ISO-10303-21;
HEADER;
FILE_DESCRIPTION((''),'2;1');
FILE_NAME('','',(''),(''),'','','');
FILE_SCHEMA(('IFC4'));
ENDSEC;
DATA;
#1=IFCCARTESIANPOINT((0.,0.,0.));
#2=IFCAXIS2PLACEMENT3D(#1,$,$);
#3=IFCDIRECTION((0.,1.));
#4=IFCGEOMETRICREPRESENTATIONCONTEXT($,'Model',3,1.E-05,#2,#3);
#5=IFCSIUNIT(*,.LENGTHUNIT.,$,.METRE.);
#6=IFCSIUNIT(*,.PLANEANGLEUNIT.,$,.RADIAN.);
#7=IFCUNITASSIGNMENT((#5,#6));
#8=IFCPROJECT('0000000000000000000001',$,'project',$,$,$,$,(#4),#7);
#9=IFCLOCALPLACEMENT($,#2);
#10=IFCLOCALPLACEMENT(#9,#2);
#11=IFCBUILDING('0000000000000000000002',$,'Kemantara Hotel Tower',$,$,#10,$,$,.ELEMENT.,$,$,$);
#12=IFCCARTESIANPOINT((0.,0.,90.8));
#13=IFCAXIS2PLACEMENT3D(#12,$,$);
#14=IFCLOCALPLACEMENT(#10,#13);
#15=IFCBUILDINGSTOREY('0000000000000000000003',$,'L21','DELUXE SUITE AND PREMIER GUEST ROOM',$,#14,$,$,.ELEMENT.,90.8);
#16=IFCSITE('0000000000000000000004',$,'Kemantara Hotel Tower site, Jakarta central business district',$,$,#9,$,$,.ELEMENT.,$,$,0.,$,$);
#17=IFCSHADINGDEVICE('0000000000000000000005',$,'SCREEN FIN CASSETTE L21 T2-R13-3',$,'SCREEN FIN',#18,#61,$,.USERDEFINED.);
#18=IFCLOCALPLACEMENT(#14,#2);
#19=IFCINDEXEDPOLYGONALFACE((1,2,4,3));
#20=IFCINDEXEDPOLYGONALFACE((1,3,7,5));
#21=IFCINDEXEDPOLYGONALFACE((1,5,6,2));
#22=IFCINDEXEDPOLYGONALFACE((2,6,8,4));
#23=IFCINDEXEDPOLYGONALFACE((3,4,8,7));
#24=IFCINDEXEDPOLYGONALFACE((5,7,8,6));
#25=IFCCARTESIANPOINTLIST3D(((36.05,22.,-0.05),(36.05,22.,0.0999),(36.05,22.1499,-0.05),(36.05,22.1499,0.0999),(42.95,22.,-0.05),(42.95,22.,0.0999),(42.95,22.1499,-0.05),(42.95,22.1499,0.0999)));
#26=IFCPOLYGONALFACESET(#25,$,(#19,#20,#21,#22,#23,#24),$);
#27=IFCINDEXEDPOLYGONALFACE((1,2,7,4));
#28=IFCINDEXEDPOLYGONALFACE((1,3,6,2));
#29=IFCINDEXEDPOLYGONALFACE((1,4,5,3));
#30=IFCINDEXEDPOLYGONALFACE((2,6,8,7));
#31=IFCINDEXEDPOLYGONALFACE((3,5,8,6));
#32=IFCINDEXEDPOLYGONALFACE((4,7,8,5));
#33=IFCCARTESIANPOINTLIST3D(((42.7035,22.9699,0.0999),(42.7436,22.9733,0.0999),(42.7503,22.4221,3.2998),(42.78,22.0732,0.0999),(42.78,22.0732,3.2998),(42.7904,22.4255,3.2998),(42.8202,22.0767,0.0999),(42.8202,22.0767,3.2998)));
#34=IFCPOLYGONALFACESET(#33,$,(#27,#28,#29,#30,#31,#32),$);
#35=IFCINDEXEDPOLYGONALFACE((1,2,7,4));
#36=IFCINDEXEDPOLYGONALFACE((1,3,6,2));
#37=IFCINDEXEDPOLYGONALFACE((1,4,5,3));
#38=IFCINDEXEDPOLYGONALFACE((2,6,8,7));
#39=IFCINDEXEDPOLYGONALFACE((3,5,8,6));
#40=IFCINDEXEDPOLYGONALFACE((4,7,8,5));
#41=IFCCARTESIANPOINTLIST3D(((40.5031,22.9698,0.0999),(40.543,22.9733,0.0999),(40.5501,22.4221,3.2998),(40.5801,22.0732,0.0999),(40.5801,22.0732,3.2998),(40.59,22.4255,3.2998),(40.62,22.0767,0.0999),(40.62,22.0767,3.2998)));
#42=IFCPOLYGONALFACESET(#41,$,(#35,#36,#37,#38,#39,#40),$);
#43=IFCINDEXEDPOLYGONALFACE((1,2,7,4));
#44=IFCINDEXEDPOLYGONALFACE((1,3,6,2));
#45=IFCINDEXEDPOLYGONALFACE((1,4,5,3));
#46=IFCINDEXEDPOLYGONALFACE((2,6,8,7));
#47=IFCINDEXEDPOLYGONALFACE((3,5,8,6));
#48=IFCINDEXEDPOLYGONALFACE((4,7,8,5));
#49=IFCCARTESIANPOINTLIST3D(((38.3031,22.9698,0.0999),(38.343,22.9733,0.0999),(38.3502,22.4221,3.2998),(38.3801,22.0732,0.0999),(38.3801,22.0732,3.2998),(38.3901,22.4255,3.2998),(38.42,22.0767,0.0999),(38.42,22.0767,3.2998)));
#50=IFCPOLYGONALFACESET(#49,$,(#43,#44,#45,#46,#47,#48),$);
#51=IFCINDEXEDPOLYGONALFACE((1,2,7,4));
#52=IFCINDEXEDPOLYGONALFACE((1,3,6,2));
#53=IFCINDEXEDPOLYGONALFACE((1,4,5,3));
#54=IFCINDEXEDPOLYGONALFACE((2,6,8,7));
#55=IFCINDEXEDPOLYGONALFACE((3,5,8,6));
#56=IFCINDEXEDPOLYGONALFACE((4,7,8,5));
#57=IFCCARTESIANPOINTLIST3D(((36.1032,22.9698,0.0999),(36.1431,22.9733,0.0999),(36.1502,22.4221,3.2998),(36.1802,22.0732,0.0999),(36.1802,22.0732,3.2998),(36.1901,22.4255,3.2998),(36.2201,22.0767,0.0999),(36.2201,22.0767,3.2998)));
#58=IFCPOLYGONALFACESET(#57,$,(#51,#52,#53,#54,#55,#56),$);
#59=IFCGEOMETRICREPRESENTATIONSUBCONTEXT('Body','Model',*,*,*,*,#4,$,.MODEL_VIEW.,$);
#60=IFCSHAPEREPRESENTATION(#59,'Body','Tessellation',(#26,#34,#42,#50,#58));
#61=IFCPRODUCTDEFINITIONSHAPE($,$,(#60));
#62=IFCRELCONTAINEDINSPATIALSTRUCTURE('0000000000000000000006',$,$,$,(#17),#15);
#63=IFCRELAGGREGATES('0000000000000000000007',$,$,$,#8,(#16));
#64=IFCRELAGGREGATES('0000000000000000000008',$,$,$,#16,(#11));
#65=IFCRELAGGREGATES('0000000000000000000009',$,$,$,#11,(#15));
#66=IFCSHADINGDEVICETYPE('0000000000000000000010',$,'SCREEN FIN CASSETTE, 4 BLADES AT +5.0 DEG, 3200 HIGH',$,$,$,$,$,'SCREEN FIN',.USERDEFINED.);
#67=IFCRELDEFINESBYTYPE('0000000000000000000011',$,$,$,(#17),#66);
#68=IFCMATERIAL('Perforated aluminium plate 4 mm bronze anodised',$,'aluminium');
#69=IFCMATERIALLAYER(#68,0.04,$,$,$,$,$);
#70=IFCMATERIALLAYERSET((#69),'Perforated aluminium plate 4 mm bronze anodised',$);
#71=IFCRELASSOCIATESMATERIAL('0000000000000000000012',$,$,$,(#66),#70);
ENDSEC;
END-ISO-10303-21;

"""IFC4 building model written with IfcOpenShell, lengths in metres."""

from ifc_helpers import new_model, si_unit, direction, frame, origin, origin_2d, place, context, subcontext, project, spatial, polyline, rectangle, outline, extrude, source, transform, mapped, material, layer, layer_set, type_object, element, save


model = new_model("IFC4")

# Units and contexts
model_context = context("Model", 3, precision=1e-05, world=origin(), true_north=direction((0.0, 1.0)))
body_context = subcontext(model_context, "Body", "Model", "MODEL_VIEW")
ifc_project = project(units=[si_unit("LENGTHUNIT", "METRE"), si_unit("PLANEANGLEUNIT", "RADIAN")], contexts=[model_context])

# Site, building, storey
site_placement = place(None, origin())
site = spatial("IfcSite", under=ifc_project, at=site_placement, Name="Kemantara Hotel Tower site, Jakarta central business district", CompositionType="ELEMENT", RefElevation=0.0)
building_placement = place(site_placement, origin())
building = spatial("IfcBuilding", under=site, at=building_placement, Name="Kemantara Hotel Tower", CompositionType="ELEMENT")
storey_placement = place(building_placement, frame((0.0, 0.0, 90.8)))
storey = spatial("IfcBuildingStorey", under=building, at=storey_placement, Name="L21", Description="DELUXE SUITE AND PREMIER GUEST ROOM", CompositionType="ELEMENT", Elevation=90.8)

# Shading device
ifc_material_1 = material(Name="Perforated aluminium plate 4 mm bronze anodised", Category="aluminium")
ifc_layer_1 = layer(ifc_material_1, 0.04)
ifc_layer_set_1 = layer_set([ifc_layer_1], Name="Perforated aluminium plate 4 mm bronze anodised")
shading_device_type_1 = type_object("IfcShadingDeviceType", Name="SCREEN FIN CASSETTE, 4 BLADES AT +5.0 DEG, 3200 HIGH", ElementType="SCREEN FIN", PredefinedType="USERDEFINED", material=ifc_layer_set_1)
shared_shape_1 = source(origin(), body_context, "Body", "SweptSolid", [
    extrude(rectangle(XDim=6.8999, YDim=0.1499, at=origin_2d()), frame((3.3, -0.075, -0.1499), z_axis=(0.0, 0.0, 1.0), x_axis=(1.0, 0.0, 0.0)), (0.0, 0.0, 1.0), 0.1499),
    extrude(outline(polyline([(0.0, 0.0), (0.8999, 0.0), (0.3501, 3.2), (0.0, 3.2), (0.0, 0.0)])), frame((0.02, -0.0732, 0.0), z_axis=(-0.996376, -0.085056, 0.0), x_axis=(0.085056, -0.996376, 0.0)), (0.0, 0.0, 1.0), 0.0403),
    extrude(outline(polyline([(0.0, 0.0), (0.8999, 0.0), (0.3501, 3.2), (0.0, 3.2), (0.0, 0.0)])), frame((2.22, -0.0732, 0.0), z_axis=(-0.996332, -0.085575, 0.0), x_axis=(0.085575, -0.996332, 0.0)), (0.0, 0.0, 1.0), 0.04),
    extrude(outline(polyline([(0.0, 0.0), (0.8999, 0.0), (0.3501, 3.2), (0.0, 3.2), (0.0, 0.0)])), frame((4.4199, -0.0732, 0.0), z_axis=(-0.996332, -0.085575, 0.0), x_axis=(0.085575, -0.996332, 0.0)), (0.0, 0.0, 1.0), 0.04),
    extrude(outline(polyline([(0.0, 0.0), (0.8999, 0.0), (0.3501, 3.2), (0.0, 3.2), (0.0, 0.0)])), frame((6.6199, -0.0732, 0.0), z_axis=(-0.996332, -0.085575, 0.0), x_axis=(0.085575, -0.996332, 0.0)), (0.0, 0.0, 1.0), 0.04),
])
shading_device_1_placement = place(storey_placement, frame((42.8, 22.0, 0.0999), z_axis=(0.0, 0.0, 1.0), x_axis=(-1.0, 0.0, 0.0)))
element("IfcShadingDevice", 1, at=shading_device_1_placement, inside=storey, type_object=shading_device_type_1, Name="SCREEN FIN CASSETTE L21 T2-R13-3", ObjectType="SCREEN FIN", PredefinedType="USERDEFINED", context=body_context, shape_type="MappedRepresentation", body=[
    mapped(shared_shape_1, transform((0.0, 0.0, 0.0))),
])

save(model, "model.ifc")
